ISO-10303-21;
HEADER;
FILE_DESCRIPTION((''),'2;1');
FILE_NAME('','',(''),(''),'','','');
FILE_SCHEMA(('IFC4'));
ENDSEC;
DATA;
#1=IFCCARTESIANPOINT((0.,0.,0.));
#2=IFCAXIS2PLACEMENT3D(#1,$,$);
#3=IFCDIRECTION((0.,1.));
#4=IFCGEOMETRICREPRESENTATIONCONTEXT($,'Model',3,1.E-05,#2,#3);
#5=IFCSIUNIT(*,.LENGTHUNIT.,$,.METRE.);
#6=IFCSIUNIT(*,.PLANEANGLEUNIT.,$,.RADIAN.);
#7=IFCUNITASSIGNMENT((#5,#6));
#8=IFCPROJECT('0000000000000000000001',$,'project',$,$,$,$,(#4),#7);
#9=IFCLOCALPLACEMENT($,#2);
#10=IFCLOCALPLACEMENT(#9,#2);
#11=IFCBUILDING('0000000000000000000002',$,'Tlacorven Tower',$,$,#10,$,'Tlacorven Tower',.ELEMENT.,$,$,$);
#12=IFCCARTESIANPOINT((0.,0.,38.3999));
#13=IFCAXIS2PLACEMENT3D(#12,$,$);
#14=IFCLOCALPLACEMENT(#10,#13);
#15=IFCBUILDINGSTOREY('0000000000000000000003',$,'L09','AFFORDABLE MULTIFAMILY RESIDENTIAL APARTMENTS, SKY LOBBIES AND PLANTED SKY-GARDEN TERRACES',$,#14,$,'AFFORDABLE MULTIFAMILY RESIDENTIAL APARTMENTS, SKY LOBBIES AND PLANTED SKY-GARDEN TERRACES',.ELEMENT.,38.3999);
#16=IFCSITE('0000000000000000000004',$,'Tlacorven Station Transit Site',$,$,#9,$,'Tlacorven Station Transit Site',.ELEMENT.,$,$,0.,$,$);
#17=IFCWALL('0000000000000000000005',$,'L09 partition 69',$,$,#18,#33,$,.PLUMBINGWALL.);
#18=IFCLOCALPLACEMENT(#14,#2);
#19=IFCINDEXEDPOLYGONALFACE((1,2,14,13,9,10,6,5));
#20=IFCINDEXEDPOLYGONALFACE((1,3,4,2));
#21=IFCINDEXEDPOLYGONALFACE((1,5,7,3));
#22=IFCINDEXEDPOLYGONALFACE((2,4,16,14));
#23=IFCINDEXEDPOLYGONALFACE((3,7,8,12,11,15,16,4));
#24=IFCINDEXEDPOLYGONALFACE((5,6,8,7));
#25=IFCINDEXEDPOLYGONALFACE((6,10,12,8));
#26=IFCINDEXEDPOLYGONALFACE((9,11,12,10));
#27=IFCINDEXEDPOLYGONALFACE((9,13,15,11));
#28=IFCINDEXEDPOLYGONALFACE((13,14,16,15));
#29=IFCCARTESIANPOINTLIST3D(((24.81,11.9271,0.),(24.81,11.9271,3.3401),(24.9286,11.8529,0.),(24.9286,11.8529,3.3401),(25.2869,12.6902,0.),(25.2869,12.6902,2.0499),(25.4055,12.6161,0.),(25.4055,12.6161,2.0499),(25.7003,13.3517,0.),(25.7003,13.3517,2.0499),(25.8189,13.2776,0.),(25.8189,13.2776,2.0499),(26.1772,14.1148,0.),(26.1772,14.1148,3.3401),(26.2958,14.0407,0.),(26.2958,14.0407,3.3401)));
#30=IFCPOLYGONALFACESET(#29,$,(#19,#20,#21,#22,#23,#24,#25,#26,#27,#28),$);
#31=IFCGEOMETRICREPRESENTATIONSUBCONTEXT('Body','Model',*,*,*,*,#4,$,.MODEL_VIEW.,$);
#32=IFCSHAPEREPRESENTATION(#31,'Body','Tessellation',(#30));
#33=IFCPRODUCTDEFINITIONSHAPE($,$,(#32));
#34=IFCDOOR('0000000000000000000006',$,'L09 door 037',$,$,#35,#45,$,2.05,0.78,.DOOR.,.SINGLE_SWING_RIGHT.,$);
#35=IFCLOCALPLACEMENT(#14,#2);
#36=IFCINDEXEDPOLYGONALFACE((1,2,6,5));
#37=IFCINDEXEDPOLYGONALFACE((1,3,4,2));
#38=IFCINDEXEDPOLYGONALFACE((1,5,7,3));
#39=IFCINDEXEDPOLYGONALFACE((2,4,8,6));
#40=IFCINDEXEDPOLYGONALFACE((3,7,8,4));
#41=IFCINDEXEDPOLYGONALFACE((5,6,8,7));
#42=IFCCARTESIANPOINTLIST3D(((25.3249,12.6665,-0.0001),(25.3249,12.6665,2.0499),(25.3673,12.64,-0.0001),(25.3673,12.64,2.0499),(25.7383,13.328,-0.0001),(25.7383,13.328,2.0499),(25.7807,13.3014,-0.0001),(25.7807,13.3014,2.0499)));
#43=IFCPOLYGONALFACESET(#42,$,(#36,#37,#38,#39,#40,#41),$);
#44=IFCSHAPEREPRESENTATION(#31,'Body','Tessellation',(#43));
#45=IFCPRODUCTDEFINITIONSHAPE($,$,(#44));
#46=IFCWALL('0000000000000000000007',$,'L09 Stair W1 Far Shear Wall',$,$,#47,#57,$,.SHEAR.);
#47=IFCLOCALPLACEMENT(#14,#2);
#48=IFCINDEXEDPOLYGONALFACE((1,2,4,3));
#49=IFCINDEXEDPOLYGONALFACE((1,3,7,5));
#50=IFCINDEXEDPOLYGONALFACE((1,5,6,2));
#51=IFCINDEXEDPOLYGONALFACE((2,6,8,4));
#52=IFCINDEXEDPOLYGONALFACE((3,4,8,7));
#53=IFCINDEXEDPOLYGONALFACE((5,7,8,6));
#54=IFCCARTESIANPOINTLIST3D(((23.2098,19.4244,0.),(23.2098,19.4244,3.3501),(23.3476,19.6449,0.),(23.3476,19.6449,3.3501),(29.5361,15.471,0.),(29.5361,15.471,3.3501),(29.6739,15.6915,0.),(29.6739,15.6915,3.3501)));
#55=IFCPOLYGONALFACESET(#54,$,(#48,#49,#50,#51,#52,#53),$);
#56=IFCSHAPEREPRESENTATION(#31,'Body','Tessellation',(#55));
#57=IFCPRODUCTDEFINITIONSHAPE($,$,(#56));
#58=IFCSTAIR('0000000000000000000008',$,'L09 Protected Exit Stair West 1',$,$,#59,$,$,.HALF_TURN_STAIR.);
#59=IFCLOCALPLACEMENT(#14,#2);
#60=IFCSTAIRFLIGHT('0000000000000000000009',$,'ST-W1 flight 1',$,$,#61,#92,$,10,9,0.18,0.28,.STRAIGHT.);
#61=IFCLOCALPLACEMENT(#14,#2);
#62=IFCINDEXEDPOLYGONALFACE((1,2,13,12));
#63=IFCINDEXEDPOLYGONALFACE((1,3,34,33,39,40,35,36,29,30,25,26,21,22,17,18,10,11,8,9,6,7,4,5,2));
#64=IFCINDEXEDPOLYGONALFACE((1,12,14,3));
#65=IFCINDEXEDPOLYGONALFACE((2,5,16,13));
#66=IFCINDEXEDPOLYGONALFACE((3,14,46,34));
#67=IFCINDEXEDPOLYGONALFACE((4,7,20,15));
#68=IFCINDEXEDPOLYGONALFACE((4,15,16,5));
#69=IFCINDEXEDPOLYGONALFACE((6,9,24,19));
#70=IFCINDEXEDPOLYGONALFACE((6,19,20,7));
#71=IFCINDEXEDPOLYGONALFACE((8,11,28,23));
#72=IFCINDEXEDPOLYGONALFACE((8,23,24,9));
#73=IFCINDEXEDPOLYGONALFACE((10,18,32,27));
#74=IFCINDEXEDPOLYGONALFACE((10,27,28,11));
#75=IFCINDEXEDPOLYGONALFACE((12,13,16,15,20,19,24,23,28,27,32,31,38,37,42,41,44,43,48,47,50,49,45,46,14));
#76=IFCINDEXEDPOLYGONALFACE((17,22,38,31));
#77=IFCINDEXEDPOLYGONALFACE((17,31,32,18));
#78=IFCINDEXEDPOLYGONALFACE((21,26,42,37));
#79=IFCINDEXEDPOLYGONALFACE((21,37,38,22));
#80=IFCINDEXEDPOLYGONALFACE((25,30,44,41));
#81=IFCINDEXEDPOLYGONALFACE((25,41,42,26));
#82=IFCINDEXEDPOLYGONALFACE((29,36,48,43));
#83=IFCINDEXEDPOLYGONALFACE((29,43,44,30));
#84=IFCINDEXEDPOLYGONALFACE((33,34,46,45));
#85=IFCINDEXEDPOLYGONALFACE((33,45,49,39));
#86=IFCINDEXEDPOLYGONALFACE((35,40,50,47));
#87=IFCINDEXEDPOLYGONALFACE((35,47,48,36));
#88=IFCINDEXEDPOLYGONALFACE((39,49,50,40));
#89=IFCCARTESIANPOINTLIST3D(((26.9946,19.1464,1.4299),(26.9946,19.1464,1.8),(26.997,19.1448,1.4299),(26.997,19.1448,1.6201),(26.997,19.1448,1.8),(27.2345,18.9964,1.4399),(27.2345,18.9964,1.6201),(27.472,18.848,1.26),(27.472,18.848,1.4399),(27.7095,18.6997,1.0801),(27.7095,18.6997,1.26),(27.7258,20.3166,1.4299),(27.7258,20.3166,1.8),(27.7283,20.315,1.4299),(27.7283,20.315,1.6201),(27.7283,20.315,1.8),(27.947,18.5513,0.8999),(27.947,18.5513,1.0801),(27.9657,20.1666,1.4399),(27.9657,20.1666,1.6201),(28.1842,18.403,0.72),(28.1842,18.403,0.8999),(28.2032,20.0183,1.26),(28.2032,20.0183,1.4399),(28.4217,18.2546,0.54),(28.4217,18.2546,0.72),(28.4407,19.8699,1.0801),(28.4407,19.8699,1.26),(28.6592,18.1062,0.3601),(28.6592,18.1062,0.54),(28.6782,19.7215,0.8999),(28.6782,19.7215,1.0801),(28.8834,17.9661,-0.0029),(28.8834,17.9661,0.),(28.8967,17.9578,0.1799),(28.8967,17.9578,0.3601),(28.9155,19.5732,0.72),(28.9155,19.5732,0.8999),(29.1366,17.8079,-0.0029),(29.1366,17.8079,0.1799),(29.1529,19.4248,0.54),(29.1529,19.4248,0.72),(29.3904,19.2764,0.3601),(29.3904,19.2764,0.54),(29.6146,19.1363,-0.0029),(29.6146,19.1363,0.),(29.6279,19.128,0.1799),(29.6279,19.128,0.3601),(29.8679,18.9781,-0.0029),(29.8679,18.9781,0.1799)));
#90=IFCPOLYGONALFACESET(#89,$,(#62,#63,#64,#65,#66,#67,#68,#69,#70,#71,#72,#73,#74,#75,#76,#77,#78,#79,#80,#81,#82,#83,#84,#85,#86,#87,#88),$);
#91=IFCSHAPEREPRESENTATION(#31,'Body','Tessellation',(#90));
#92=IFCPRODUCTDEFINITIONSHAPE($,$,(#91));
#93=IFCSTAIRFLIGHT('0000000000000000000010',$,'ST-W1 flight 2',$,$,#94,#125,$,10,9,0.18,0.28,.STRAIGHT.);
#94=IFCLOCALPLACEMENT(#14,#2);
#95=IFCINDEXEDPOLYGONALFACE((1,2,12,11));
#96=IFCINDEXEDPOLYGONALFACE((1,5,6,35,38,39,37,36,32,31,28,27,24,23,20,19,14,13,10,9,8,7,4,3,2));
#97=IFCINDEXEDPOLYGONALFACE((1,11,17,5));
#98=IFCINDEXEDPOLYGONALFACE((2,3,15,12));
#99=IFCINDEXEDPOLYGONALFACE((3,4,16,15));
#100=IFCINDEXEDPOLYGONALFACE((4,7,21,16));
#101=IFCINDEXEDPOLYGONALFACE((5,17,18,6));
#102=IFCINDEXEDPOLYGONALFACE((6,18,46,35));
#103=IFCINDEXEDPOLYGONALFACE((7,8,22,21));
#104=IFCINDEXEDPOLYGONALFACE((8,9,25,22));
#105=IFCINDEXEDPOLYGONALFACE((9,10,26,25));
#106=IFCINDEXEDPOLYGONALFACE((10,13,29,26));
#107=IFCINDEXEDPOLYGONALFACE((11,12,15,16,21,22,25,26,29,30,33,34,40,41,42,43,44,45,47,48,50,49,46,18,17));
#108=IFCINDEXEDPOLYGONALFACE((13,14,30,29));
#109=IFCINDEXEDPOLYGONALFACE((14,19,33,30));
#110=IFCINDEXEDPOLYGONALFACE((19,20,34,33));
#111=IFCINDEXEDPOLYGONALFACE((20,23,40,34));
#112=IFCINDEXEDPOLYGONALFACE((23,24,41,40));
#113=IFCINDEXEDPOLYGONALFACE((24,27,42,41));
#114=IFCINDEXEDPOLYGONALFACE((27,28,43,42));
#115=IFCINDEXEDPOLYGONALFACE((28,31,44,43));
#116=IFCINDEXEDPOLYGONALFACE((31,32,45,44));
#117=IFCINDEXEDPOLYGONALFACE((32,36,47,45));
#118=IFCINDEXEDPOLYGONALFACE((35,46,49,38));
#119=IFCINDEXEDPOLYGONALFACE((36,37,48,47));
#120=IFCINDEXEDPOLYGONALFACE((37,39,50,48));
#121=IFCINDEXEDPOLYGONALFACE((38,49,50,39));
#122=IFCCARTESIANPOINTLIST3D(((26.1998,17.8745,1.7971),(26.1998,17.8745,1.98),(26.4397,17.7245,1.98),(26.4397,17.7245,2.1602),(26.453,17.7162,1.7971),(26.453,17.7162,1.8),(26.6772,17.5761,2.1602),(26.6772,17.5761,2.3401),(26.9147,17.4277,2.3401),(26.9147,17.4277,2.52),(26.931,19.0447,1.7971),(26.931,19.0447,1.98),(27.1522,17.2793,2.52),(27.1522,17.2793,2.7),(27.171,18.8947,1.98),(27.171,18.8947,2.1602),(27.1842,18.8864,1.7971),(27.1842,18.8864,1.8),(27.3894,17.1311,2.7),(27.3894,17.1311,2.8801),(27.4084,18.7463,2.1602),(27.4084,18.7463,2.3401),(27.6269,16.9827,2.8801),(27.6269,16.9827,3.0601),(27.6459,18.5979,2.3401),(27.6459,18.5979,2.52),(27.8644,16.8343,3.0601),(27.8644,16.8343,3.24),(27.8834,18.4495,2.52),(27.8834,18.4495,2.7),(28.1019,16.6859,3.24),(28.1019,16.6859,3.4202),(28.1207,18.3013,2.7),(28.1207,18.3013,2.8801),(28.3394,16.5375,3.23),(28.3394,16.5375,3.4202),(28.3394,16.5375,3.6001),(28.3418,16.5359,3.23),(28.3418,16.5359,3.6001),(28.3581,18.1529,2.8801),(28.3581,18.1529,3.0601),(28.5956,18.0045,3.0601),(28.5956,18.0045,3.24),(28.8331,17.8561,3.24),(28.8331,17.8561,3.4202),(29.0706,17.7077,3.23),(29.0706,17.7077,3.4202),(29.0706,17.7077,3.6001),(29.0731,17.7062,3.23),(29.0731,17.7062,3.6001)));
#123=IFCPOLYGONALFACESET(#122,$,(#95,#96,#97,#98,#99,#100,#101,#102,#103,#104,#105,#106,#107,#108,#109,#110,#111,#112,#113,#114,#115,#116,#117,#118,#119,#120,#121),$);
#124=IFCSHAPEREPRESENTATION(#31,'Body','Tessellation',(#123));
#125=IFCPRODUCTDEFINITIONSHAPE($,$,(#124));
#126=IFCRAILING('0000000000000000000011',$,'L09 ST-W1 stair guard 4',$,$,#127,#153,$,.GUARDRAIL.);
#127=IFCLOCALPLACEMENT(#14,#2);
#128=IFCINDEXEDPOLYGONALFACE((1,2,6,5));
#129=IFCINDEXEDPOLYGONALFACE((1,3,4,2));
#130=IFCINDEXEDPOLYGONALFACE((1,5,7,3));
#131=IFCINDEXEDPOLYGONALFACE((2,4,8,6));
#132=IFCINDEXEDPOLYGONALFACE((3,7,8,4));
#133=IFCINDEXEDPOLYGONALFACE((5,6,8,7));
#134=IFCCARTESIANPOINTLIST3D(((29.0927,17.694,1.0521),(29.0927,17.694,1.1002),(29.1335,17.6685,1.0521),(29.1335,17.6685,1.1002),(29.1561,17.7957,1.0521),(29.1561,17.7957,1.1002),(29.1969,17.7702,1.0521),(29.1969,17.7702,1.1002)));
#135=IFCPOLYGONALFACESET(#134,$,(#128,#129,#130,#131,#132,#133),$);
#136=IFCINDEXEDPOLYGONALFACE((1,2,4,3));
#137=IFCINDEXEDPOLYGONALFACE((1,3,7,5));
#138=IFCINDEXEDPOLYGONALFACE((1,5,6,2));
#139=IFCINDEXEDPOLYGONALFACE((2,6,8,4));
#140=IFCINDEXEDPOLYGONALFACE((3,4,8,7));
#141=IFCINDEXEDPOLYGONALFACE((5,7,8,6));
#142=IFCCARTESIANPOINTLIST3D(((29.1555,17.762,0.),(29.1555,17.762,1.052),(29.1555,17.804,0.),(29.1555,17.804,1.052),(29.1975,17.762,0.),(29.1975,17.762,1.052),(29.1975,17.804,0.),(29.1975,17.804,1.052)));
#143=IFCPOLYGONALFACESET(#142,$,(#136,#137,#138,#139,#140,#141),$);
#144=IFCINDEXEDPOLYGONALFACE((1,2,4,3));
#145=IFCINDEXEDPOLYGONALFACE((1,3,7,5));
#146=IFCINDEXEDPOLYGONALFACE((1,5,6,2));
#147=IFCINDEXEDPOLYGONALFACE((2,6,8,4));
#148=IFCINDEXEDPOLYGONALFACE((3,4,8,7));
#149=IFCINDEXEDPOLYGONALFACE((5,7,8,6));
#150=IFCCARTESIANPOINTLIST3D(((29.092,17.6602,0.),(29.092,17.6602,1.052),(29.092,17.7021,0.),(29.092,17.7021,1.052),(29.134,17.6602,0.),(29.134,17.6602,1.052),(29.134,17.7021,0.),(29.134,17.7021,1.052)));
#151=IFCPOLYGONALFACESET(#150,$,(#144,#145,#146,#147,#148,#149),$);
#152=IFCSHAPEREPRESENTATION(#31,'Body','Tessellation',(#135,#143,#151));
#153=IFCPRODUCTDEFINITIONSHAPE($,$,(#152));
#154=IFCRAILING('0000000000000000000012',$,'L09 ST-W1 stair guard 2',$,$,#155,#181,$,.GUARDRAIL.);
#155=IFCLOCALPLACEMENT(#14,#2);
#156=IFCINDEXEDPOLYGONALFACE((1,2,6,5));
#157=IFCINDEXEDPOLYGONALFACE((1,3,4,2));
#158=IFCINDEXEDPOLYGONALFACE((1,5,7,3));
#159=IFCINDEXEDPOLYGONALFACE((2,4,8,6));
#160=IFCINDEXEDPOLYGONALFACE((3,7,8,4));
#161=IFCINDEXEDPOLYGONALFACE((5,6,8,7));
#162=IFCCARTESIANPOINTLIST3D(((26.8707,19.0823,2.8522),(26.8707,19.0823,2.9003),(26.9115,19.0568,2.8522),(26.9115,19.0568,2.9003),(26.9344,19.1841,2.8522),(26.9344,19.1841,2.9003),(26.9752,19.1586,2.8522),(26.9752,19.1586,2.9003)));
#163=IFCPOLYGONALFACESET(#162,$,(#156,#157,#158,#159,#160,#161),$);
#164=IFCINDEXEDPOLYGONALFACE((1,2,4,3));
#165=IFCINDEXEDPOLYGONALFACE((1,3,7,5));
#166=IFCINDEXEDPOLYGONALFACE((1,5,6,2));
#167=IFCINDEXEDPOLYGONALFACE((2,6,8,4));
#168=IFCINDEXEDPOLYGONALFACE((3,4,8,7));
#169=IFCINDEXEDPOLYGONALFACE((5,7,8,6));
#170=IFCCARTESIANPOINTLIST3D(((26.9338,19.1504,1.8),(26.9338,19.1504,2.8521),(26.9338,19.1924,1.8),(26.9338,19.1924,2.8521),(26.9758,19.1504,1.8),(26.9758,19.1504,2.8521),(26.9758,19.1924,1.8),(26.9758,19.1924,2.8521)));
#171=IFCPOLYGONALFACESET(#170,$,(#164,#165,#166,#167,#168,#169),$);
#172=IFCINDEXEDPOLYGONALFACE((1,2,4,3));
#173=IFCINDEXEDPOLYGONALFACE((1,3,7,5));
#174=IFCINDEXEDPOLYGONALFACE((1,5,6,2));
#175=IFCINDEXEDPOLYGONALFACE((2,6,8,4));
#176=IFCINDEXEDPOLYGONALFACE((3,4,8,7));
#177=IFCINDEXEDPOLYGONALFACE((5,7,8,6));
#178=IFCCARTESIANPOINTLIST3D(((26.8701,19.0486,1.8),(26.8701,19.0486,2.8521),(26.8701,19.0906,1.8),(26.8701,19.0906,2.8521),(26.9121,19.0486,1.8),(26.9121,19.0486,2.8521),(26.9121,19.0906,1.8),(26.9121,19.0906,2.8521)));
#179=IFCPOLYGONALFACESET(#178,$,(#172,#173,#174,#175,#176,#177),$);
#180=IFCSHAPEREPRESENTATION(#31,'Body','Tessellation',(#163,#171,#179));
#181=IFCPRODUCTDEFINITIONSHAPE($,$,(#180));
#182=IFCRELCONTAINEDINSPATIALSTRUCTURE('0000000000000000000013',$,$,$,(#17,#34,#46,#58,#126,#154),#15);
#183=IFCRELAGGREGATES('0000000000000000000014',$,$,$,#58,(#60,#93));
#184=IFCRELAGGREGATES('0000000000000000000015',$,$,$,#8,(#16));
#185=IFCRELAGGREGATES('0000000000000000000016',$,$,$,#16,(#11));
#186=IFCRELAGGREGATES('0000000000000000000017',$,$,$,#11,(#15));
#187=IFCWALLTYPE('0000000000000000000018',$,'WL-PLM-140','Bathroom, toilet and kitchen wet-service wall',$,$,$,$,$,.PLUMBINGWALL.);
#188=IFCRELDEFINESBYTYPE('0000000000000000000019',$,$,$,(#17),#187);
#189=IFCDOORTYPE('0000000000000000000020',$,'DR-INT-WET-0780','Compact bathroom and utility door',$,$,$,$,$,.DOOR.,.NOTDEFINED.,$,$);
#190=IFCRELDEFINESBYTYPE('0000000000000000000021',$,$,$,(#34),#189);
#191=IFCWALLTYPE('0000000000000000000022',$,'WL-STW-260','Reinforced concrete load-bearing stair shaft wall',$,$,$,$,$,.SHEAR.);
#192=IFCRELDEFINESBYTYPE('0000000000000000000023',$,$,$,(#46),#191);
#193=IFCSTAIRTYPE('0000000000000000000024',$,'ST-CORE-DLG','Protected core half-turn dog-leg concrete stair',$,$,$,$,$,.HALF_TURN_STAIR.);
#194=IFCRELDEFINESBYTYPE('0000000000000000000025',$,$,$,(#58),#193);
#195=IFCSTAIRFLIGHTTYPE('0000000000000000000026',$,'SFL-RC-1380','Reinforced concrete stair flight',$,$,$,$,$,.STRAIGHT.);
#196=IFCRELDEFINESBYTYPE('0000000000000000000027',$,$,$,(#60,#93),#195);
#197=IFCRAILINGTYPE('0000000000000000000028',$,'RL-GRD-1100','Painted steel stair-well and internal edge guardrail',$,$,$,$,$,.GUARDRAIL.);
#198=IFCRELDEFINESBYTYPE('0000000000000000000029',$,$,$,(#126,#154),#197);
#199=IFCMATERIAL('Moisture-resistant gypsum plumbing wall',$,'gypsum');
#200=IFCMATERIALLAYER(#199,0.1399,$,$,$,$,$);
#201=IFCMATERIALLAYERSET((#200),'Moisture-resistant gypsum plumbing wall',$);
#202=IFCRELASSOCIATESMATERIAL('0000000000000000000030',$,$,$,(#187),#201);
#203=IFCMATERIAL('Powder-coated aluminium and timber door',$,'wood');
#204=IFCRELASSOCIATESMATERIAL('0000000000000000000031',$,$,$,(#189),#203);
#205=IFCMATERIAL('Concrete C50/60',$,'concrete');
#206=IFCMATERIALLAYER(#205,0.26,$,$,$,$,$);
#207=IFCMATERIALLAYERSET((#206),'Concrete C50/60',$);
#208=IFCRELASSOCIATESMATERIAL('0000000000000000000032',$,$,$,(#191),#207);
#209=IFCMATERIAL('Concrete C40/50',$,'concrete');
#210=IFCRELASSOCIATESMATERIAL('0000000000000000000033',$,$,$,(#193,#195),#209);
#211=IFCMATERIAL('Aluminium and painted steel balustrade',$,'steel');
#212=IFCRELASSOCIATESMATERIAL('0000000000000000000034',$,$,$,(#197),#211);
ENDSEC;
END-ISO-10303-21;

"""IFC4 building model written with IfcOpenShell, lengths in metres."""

from ifc_helpers import new_model, si_unit, direction, frame, frame_2d, origin, origin_2d, place, context, subcontext, project, spatial, polyline, rectangle, outline, extrude, source, transform, mapped, material, layer, layer_set, type_object, element, fill, aggregate, save


model = new_model("IFC4")

# Units and contexts
model_context = context("Model", 3, precision=1e-05, world=origin(), true_north=direction((0.0, 1.0)))
body_context = subcontext(model_context, "Body", "Model", "MODEL_VIEW")
ifc_project = project(units=[si_unit("LENGTHUNIT", "METRE"), si_unit("PLANEANGLEUNIT", "RADIAN")], contexts=[model_context])

# Site, building, storey
site_placement = place(None, origin())
site = spatial("IfcSite", under=ifc_project, at=site_placement, Name="Tlacorven Station Transit Site", LongName="Tlacorven Station Transit Site", CompositionType="ELEMENT", RefElevation=0.0)
building_placement = place(site_placement, origin())
building = spatial("IfcBuilding", under=site, at=building_placement, Name="Tlacorven Tower", LongName="Tlacorven Tower", CompositionType="ELEMENT")
storey_placement = place(building_placement, frame((0.0, 0.0, 38.3999)))
storey = spatial("IfcBuildingStorey", under=building, at=storey_placement, Name="L09", Description="AFFORDABLE MULTIFAMILY RESIDENTIAL APARTMENTS, SKY LOBBIES AND PLANTED SKY-GARDEN TERRACES", LongName="AFFORDABLE MULTIFAMILY RESIDENTIAL APARTMENTS, SKY LOBBIES AND PLANTED SKY-GARDEN TERRACES", CompositionType="ELEMENT", Elevation=38.3999)

# Wall, opening, door
ifc_material_1 = material(Name="Moisture-resistant gypsum plumbing wall", Category="gypsum")
ifc_layer_1 = layer(ifc_material_1, 0.1399)
ifc_layer_set_1 = layer_set([ifc_layer_1], Name="Moisture-resistant gypsum plumbing wall")
wall_type_1 = type_object("IfcWallType", Name="WL-PLM-140", Description="Bathroom, toilet and kitchen wet-service wall", PredefinedType="PLUMBINGWALL", material=ifc_layer_set_1)
wall_1_placement = place(storey_placement, frame((26.2366, 14.0779, 0.0), z_axis=(0.0, 0.0, 1.0), x_axis=(-0.529956, -0.848025, 0.0)))
wall_1 = element("IfcWall", 1, at=wall_1_placement, inside=storey, type_object=wall_type_1, Name="L09 partition 69", PredefinedType="PLUMBINGWALL", context=body_context, shape_type="SweptSolid", body=[
    extrude(rectangle(XDim=2.5798, YDim=0.1399, at=frame_2d((1.29, 0.0))), origin(), (0.0, 0.0, 1.0), 3.3401),
])
opening_placement = place(wall_1_placement, frame((0.8999, 0.0, 0.0)))
opening = element("IfcOpeningElement", 2, at=opening_placement, cuts=wall_1, PredefinedType="OPENING", context=body_context, shape_type="SweptSolid", body=[
    extrude(rectangle(XDim=0.78, YDim=2.05, at=frame_2d((0.3901, 1.0249))), frame((0.0, 0.0801, 0.0), z_axis=(0.0, -1.0, 0.0), x_axis=(1.0, 0.0, 0.0)), (0.0, 0.0, 1.0), 0.1599),
])
ifc_material_2 = material(Name="Powder-coated aluminium and timber door", Category="wood")
door_type = type_object("IfcDoorType", Name="DR-INT-WET-0780", Description="Compact bathroom and utility door", OperationType="NOTDEFINED", PredefinedType="DOOR", material=ifc_material_2)
shared_shape_1 = source(origin(), body_context, "Body", "SweptSolid", [
    extrude(rectangle(XDim=0.78, YDim=2.05, at=frame_2d((0.3901, 1.0249))), frame((0.0, 0.0249, 0.0), z_axis=(0.0, -1.0, 0.0), x_axis=(1.0, 0.0, 0.0)), (0.0, 0.0, 1.0), 0.05),
])
door_placement = place(opening_placement, origin())
door = element("IfcDoor", 3, at=door_placement, inside=storey, type_object=door_type, Name="L09 door 037", OperationType="SINGLE_SWING_RIGHT", OverallHeight=2.05, OverallWidth=0.78, PredefinedType="DOOR", context=body_context, shape_type="MappedRepresentation", body=[
    mapped(shared_shape_1, transform((0.0, 0.0, 0.0), scale=1.0)),
])
fill(opening, door)

# Wall
ifc_material_3 = material(Name="Concrete C50/60", Category="concrete")
ifc_layer_2 = layer(ifc_material_3, 0.26)
ifc_layer_set_2 = layer_set([ifc_layer_2], Name="Concrete C50/60")
wall_type_2 = type_object("IfcWallType", Name="WL-STW-260", Description="Reinforced concrete load-bearing stair shaft wall", PredefinedType="SHEAR", material=ifc_layer_set_2)
wall_2_placement = place(storey_placement, frame((29.605, 15.5813, 0.0), z_axis=(0.0, 0.0, 1.0), x_axis=(-0.848037, 0.529937, 0.0)))
element("IfcWall", 4, at=wall_2_placement, inside=storey, type_object=wall_type_2, Name="L09 Stair W1 Far Shear Wall", PredefinedType="SHEAR", context=body_context, shape_type="SweptSolid", body=[
    extrude(rectangle(XDim=7.46, YDim=0.26, at=frame_2d((3.73, 0.0))), origin(), (0.0, 0.0, 1.0), 3.3501),
])

# Stair, stair flights
ifc_material_4 = material(Name="Concrete C40/50", Category="concrete")
stair_type = type_object("IfcStairType", Name="ST-CORE-DLG", Description="Protected core half-turn dog-leg concrete stair", PredefinedType="HALF_TURN_STAIR", material=ifc_material_4)
stair_placement = place(storey_placement, origin())
stair = element("IfcStair", 5, at=stair_placement, inside=storey, type_object=stair_type, Name="L09 Protected Exit Stair West 1", PredefinedType="HALF_TURN_STAIR")
stair_flight_type = type_object("IfcStairFlightType", Name="SFL-RC-1380", Description="Reinforced concrete stair flight", PredefinedType="STRAIGHT", material=ifc_material_4)
shared_shape_2 = source(origin(), body_context, "Body", "SweptSolid", [
    extrude(outline(polyline([(-0.0029, -0.0029), (-0.0029, 0.1799), (0.28, 0.1799), (0.28, 0.3601), (0.5601, 0.3601), (0.5601, 0.54), (0.8401, 0.54), (0.8401, 0.72), (1.1201, 0.72), (1.1201, 0.8999), (1.3999, 0.8999), (1.3999, 1.0801), (1.6799, 1.0801), (1.6799, 1.26), (1.96, 1.26), (1.96, 1.4399), (2.24, 1.4399), (2.24, 1.6201), (2.52, 1.6201), (2.52, 1.8), (2.5229, 1.8), (2.5229, 1.4299), (2.52, 1.4299), (0.2957, 0.0), (0.2957, -0.0029), (-0.0029, -0.0029)])), frame((0.0, 0.6899, 0.0), z_axis=(0.0, -1.0, 0.0), x_axis=(1.0, 0.0, 0.0)), (0.0, 0.0, 1.0), 1.3799),
])
stair_flight_1_placement = place(storey_placement, frame((29.4998, 18.3945, 0.0), z_axis=(0.0, 0.0, 1.0), x_axis=(-0.848048, 0.529919, 0.0)))
stair_flight_1 = element("IfcStairFlight", 6, at=stair_flight_1_placement, type_object=stair_flight_type, Name="ST-W1 flight 1", NumberOfRisers=10, NumberOfTreads=9, PredefinedType="STRAIGHT", RiserHeight=0.18, TreadLength=0.28, context=body_context, shape_type="MappedRepresentation", body=[
    mapped(shared_shape_2, transform((0.0, 0.0, 0.0), scale=1.0)),
])
stair_flight_2_placement = place(storey_placement, frame((26.5679, 18.458, 1.8), z_axis=(0.0, 0.0, 1.0), x_axis=(0.848048, -0.529919, 0.0)))
stair_flight_2 = element("IfcStairFlight", 7, at=stair_flight_2_placement, type_object=stair_flight_type, Name="ST-W1 flight 2", NumberOfRisers=10, NumberOfTreads=9, PredefinedType="STRAIGHT", RiserHeight=0.18, TreadLength=0.28, context=body_context, shape_type="MappedRepresentation", body=[
    mapped(shared_shape_2, transform((0.0, 0.0, 0.0), scale=1.0)),
])
aggregate(stair, [stair_flight_1, stair_flight_2])

# Railings
ifc_material_5 = material(Name="Aluminium and painted steel balustrade", Category="steel")
railing_type_1 = type_object("IfcRailingType", Name="RL-GRD-1100", Description="Painted steel stair-well and internal edge guardrail", PredefinedType="GUARDRAIL", material=ifc_material_5)
shared_shape_3 = source(origin(), body_context, "Body", "SweptSolid", [
    extrude(rectangle(XDim=0.0481, YDim=0.0481, at=origin_2d()), frame((0.0, 0.0, 1.0762), z_axis=(-0.529084, -0.848569, 0.0), x_axis=(0.848569, -0.529084, 0.0)), (0.0, 0.0, 1.0), 0.1199),
    extrude(rectangle(XDim=0.042, YDim=0.042, at=origin_2d()), origin(), (0.0, 0.0, 1.0), 1.052),
    extrude(rectangle(XDim=0.042, YDim=0.042, at=origin_2d()), frame((-0.0635, -0.1018, 0.0)), (0.0, 0.0, 1.0), 1.052),
])
railing_1_placement = place(storey_placement, frame((29.1765, 17.783, 0.0)))
element("IfcRailing", 8, at=railing_1_placement, inside=storey, type_object=railing_type_1, Name="L09 ST-W1 stair guard 4", PredefinedType="GUARDRAIL", context=body_context, shape_type="MappedRepresentation", body=[
    mapped(shared_shape_3, transform((0.0, 0.0, 0.0), scale=1.0)),
])
shared_shape_4 = source(origin(), body_context, "Body", "SweptSolid", [
    extrude(rectangle(XDim=0.0481, YDim=0.0481, at=origin_2d()), frame((0.0, 0.0, 1.0762), z_axis=(-0.530547, -0.847656, 0.0), x_axis=(0.847656, -0.530547, 0.0)), (0.0, 0.0, 1.0), 0.1201),
    extrude(rectangle(XDim=0.042, YDim=0.042, at=origin_2d()), origin(), (0.0, 0.0, 1.0), 1.052),
    extrude(rectangle(XDim=0.042, YDim=0.042, at=origin_2d()), frame((-0.0637, -0.1018, 0.0)), (0.0, 0.0, 1.0), 1.052),
])
railing_2_placement = place(storey_placement, frame((26.9548, 19.1714, 1.8)))
element("IfcRailing", 9, at=railing_2_placement, inside=storey, type_object=railing_type_1, Name="L09 ST-W1 stair guard 2", PredefinedType="GUARDRAIL", context=body_context, shape_type="MappedRepresentation", body=[
    mapped(shared_shape_4, transform((0.0, 0.0, 0.0), scale=1.0)),
])

save(model, "model.ifc")
